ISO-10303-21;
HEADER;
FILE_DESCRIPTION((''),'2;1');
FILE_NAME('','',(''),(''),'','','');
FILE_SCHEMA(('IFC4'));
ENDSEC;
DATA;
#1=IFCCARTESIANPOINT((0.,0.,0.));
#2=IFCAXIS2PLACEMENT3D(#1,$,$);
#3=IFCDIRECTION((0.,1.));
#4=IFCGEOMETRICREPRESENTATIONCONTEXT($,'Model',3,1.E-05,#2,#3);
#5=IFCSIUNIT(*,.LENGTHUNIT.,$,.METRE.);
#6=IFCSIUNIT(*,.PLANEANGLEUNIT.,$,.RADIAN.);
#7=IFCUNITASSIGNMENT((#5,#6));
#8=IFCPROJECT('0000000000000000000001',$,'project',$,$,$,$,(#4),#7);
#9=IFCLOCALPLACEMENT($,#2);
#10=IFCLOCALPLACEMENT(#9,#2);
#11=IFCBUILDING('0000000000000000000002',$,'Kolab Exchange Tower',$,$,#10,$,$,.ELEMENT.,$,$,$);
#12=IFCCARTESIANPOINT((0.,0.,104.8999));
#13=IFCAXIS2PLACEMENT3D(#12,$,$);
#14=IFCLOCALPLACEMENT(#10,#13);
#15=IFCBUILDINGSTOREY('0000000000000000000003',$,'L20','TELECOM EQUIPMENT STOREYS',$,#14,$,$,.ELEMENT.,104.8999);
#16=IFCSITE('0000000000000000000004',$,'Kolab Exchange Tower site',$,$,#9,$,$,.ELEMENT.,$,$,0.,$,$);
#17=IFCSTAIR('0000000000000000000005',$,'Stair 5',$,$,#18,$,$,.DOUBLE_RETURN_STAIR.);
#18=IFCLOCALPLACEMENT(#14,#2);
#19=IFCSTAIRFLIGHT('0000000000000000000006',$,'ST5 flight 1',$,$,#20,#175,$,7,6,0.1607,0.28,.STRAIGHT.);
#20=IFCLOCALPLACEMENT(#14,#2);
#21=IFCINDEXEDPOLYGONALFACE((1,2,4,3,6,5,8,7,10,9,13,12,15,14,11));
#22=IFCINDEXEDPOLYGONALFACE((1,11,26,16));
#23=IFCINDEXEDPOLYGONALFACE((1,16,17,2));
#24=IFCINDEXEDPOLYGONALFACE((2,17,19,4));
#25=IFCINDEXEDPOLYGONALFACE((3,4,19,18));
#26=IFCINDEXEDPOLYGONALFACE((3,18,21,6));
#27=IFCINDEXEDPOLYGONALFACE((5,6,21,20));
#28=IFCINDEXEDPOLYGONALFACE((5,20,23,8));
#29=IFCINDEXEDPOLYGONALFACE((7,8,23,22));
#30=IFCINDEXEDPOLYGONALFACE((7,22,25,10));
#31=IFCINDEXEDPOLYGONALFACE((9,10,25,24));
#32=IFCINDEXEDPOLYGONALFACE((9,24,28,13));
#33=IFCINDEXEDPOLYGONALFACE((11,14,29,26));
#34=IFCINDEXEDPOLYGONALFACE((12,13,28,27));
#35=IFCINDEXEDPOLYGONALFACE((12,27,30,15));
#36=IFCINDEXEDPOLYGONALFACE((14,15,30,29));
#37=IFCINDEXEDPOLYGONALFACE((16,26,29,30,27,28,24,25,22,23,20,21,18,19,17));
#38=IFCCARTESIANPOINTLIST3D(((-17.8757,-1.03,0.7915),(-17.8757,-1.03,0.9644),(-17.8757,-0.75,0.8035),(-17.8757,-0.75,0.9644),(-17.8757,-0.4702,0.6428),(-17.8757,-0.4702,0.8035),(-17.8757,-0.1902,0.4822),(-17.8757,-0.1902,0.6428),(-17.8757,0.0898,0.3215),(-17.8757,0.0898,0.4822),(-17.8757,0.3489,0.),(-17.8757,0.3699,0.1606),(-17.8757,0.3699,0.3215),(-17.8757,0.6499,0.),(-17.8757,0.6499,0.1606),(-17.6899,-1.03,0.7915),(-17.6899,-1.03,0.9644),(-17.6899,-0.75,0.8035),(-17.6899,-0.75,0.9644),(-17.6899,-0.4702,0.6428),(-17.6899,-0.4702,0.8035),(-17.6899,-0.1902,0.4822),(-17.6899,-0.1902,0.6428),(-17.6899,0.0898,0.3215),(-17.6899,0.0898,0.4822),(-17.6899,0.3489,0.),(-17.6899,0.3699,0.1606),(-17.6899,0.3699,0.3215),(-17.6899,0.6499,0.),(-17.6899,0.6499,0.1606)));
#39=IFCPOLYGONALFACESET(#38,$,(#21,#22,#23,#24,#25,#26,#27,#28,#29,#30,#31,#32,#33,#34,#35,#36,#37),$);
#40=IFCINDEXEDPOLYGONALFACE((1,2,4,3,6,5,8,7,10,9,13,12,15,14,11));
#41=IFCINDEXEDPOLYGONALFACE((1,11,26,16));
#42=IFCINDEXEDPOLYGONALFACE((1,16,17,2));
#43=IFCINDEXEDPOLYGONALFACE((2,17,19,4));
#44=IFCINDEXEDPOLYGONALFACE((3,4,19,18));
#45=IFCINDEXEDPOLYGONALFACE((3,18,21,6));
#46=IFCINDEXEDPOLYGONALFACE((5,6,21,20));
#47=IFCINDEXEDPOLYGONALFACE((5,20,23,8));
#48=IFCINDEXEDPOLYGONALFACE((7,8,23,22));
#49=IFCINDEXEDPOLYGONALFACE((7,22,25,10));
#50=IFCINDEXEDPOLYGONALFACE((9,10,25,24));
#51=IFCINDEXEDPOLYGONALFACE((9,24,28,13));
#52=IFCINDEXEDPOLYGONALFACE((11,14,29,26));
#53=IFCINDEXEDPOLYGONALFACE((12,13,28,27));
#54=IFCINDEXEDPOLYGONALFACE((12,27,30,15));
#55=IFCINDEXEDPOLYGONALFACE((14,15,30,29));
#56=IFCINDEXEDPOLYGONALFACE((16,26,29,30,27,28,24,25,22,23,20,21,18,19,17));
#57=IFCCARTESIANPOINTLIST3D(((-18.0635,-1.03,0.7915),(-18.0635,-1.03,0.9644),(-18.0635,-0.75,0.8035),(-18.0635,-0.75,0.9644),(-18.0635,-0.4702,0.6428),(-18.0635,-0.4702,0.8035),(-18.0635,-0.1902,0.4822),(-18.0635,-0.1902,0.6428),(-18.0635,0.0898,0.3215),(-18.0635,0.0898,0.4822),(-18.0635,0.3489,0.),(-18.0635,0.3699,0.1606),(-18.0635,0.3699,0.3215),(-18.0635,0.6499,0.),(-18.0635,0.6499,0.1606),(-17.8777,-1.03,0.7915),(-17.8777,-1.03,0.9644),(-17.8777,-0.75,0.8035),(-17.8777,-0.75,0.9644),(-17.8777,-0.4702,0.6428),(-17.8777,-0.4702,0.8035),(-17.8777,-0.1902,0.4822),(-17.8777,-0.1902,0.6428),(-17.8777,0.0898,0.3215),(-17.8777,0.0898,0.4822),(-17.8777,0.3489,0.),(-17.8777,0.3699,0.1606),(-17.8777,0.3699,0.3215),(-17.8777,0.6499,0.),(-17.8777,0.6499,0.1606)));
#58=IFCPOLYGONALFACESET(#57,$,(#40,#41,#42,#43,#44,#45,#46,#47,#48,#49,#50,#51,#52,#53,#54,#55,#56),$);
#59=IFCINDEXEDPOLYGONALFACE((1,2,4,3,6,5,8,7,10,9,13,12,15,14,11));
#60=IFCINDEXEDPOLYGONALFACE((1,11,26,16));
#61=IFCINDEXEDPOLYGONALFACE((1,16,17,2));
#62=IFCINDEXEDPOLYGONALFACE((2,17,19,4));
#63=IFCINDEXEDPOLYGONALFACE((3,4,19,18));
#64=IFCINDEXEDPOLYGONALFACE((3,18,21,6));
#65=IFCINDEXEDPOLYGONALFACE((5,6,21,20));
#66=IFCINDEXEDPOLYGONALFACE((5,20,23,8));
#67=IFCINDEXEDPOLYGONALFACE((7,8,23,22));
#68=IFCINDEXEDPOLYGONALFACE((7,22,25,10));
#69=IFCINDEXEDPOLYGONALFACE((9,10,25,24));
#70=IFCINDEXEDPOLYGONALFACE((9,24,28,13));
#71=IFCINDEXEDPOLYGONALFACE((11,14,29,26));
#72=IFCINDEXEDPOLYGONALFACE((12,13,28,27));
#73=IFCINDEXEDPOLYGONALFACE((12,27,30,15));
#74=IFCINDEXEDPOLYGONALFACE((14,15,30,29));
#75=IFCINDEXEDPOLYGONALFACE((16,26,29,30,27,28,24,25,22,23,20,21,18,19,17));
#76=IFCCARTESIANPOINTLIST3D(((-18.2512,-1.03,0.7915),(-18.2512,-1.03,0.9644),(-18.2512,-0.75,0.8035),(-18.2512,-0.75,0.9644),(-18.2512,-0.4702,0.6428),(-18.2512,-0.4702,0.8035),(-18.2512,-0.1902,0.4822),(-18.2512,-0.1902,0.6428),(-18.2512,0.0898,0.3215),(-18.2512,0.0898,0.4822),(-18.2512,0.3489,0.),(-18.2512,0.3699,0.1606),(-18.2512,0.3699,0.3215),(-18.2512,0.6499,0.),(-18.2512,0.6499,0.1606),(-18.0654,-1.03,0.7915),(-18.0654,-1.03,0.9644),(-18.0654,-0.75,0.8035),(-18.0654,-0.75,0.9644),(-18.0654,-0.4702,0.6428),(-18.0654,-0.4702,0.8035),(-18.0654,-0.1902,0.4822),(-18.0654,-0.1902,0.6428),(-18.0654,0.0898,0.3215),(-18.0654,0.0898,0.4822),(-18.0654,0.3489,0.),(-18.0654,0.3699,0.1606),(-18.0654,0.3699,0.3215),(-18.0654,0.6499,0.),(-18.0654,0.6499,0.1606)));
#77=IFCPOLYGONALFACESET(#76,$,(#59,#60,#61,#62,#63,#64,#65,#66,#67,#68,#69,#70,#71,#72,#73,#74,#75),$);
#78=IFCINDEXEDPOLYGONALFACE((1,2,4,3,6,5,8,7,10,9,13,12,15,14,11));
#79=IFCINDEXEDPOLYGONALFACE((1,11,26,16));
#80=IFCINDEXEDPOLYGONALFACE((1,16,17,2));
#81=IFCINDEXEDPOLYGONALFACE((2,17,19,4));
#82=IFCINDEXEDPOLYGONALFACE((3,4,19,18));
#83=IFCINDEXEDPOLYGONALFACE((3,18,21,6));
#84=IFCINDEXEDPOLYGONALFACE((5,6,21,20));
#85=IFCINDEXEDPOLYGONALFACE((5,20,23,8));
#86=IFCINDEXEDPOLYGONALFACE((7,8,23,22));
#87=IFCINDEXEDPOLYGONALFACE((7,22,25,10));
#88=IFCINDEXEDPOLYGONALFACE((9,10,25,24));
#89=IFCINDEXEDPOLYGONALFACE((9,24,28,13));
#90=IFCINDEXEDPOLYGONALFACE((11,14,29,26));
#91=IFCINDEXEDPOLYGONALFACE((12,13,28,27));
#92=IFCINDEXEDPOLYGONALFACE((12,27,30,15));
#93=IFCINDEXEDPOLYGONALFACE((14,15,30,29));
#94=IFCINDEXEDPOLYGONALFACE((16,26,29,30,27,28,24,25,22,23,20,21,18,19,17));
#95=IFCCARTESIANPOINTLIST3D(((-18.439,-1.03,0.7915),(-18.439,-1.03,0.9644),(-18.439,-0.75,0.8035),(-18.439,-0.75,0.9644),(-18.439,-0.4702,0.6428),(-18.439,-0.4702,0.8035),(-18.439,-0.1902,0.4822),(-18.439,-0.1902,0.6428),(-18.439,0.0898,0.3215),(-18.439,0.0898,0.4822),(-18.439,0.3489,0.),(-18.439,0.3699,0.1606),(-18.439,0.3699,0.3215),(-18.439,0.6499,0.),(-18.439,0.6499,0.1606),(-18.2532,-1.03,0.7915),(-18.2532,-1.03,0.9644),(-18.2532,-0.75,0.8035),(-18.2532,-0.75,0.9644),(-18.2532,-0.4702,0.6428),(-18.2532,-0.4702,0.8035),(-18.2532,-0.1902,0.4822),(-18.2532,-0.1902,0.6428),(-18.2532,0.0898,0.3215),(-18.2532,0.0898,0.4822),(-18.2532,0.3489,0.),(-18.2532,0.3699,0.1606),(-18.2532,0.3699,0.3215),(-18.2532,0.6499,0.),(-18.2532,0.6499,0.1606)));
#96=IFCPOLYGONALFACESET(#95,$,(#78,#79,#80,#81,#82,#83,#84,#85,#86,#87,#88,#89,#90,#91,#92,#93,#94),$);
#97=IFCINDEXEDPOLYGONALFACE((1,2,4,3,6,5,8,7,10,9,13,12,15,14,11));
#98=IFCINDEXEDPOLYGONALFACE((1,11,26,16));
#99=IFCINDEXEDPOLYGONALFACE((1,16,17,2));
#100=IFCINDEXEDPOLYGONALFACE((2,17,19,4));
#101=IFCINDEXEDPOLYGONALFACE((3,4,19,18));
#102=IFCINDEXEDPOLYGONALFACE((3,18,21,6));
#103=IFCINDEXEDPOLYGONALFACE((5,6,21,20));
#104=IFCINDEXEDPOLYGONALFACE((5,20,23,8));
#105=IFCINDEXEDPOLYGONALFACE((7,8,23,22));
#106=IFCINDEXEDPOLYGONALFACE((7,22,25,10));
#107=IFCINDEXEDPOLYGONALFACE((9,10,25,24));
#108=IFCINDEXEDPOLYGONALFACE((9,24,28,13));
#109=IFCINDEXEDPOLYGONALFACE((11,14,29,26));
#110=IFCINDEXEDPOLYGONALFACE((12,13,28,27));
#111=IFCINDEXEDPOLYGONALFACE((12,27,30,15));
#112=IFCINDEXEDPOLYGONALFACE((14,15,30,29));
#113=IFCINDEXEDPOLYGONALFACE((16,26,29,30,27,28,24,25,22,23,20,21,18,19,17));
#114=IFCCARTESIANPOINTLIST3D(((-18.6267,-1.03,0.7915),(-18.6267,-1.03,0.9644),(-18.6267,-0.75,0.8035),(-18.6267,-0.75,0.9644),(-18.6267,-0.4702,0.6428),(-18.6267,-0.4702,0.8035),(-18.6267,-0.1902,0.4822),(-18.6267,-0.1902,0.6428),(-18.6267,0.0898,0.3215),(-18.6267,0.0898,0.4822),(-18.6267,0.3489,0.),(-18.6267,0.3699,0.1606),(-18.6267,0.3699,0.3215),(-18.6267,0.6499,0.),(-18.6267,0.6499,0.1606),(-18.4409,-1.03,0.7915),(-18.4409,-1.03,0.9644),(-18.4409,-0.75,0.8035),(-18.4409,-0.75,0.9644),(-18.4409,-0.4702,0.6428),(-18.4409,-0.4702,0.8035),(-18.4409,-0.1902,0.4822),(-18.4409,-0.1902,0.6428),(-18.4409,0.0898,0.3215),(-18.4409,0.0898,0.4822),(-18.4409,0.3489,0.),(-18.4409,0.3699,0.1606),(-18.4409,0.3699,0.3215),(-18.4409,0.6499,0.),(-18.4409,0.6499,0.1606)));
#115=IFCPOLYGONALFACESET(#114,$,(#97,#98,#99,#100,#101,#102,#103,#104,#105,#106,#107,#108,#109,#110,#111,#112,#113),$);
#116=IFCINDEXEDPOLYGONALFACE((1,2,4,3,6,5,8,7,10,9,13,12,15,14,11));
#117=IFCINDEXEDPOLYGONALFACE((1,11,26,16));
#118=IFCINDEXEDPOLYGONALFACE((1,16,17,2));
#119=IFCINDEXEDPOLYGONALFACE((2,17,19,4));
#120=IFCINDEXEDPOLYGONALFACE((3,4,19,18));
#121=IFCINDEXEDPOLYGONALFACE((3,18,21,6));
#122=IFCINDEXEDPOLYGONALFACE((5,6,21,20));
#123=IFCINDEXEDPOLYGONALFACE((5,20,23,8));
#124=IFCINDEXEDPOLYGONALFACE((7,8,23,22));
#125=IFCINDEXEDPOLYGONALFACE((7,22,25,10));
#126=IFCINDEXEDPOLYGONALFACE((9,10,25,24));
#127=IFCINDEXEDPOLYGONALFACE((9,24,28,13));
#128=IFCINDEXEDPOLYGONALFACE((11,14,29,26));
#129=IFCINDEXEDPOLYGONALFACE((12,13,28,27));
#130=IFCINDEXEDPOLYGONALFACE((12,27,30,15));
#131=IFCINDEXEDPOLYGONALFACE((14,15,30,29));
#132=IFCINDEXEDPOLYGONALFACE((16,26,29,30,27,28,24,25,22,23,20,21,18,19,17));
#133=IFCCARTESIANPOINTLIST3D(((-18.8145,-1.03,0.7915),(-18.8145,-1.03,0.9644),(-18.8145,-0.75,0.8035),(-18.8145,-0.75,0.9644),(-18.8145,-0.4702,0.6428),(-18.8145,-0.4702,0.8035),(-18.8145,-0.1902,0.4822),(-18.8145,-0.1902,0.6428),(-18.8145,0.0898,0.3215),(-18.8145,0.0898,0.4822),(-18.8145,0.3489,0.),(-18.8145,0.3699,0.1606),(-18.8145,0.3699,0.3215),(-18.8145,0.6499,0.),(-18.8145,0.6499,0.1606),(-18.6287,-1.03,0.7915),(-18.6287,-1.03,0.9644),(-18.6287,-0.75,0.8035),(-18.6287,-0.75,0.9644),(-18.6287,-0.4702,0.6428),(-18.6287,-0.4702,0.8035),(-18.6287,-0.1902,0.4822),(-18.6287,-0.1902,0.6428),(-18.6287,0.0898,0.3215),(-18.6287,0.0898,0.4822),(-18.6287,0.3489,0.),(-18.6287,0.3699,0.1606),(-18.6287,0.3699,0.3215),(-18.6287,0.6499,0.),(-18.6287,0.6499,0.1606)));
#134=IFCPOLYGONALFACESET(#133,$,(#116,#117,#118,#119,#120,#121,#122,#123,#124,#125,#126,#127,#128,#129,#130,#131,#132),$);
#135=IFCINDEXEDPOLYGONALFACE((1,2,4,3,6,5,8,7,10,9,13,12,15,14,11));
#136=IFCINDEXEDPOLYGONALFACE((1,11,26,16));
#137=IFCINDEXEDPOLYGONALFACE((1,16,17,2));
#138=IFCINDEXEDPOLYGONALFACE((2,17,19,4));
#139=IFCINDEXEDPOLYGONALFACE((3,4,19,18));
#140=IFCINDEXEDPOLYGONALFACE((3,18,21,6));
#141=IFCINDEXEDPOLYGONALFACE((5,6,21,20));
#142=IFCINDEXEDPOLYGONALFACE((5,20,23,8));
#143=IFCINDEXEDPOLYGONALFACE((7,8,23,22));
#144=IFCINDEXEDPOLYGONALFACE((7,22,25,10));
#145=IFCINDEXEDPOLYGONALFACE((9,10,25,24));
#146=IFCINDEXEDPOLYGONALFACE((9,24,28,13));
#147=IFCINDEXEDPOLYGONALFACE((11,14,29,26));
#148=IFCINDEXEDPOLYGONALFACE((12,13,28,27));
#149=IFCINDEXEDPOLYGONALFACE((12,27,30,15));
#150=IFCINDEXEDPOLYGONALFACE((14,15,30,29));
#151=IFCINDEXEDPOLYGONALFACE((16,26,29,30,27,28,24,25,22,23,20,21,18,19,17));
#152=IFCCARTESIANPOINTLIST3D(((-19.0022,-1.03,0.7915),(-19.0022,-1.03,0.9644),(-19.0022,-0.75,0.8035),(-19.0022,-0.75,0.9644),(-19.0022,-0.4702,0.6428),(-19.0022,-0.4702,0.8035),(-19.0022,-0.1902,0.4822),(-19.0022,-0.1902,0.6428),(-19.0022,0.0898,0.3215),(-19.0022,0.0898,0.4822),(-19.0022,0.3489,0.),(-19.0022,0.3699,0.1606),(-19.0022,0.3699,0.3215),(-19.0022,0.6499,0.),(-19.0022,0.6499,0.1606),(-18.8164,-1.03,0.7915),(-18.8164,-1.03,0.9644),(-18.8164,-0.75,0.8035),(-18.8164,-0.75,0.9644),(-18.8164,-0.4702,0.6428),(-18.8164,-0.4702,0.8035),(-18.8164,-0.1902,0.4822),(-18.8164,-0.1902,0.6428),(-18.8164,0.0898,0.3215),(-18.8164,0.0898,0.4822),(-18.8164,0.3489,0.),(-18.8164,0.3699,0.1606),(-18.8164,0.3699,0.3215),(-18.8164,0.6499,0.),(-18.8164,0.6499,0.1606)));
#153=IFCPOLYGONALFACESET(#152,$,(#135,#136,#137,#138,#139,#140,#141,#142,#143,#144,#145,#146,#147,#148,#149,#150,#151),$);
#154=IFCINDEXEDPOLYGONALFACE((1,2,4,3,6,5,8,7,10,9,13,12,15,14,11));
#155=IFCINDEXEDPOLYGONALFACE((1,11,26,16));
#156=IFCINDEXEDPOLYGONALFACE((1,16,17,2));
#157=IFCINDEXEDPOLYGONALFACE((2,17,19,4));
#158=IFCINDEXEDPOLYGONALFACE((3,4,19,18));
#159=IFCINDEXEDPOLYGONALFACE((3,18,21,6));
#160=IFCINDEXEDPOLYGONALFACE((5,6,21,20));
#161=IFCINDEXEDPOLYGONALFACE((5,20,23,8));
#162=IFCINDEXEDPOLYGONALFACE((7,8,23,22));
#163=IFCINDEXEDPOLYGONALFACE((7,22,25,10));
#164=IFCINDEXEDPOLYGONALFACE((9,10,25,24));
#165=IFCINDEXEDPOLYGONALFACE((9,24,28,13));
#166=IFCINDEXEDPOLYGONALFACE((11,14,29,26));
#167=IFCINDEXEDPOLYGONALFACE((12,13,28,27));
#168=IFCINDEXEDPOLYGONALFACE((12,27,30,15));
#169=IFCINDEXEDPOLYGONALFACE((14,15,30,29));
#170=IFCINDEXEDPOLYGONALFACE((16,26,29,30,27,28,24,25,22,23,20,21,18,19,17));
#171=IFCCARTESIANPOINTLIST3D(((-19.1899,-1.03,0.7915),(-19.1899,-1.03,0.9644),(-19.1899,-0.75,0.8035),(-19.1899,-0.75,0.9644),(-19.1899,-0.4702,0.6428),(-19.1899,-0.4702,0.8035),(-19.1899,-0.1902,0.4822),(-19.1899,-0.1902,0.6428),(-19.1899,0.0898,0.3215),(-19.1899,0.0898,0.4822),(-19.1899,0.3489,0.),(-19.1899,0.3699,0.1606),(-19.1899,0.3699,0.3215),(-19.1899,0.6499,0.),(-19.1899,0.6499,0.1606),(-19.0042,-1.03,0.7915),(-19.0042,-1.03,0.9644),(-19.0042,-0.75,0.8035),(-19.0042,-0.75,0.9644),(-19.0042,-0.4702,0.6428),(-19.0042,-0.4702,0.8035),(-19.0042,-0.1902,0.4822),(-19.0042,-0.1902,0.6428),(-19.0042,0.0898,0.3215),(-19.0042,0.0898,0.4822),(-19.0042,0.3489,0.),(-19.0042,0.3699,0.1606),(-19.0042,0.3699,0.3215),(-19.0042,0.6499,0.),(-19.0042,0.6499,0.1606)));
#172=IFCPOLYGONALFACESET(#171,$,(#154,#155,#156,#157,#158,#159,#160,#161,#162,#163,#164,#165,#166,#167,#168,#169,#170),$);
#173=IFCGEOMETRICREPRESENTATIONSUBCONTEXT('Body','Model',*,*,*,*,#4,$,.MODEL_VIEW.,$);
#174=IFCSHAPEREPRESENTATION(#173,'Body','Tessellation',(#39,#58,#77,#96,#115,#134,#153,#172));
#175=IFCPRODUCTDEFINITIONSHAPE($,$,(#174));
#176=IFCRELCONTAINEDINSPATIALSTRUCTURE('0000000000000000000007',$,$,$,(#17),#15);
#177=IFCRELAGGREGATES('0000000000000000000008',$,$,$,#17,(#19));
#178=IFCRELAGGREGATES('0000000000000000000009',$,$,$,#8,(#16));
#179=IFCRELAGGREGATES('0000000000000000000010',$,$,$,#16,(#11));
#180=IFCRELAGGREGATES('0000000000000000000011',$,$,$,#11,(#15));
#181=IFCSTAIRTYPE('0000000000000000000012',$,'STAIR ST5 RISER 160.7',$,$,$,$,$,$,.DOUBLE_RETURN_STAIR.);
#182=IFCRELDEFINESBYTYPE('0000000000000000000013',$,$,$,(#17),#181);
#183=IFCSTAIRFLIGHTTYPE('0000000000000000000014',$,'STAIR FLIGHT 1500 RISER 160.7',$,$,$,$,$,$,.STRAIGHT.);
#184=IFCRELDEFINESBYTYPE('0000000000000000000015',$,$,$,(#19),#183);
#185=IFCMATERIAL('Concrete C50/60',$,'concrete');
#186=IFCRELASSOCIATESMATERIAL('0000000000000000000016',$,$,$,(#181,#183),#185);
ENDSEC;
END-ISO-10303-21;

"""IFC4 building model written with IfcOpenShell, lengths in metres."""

from ifc_helpers import new_model, si_unit, direction, frame, origin, place, context, subcontext, project, spatial, polyline, outline, extrude, material, type_object, element, aggregate, save


model = new_model("IFC4")

# Units and contexts
model_context = context("Model", 3, precision=1e-05, world=origin(), true_north=direction((0.0, 1.0)))
body_context = subcontext(model_context, "Body", "Model", "MODEL_VIEW")
ifc_project = project(units=[si_unit("LENGTHUNIT", "METRE"), si_unit("PLANEANGLEUNIT", "RADIAN")], contexts=[model_context])

# Site, building, storey
site_placement = place(None, origin())
site = spatial("IfcSite", under=ifc_project, at=site_placement, Name="Kolab Exchange Tower site", CompositionType="ELEMENT", RefElevation=0.0)
building_placement = place(site_placement, origin())
building = spatial("IfcBuilding", under=site, at=building_placement, Name="Kolab Exchange Tower", CompositionType="ELEMENT")
storey_placement = place(building_placement, frame((0.0, 0.0, 104.8999)))
storey = spatial("IfcBuildingStorey", under=building, at=storey_placement, Name="L20", Description="TELECOM EQUIPMENT STOREYS", CompositionType="ELEMENT", Elevation=104.8999)

# Shared definitions
ifc_material_1 = material(Name="Concrete C50/60", Category="concrete")

# Stair, stair flight
stair_type = type_object("IfcStairType", Name="STAIR ST5 RISER 160.7", PredefinedType="DOUBLE_RETURN_STAIR", material=ifc_material_1)
stair_placement = place(storey_placement, origin())
stair = element("IfcStair", 1, at=stair_placement, inside=storey, type_object=stair_type, Name="Stair 5", PredefinedType="DOUBLE_RETURN_STAIR")
stair_flight_type = type_object("IfcStairFlightType", Name="STAIR FLIGHT 1500 RISER 160.7", PredefinedType="STRAIGHT", material=ifc_material_1)
stair_flight_1_placement = place(storey_placement, frame((-18.4399, 0.6499, 0.0), z_axis=(0.0, 0.0, 1.0), x_axis=(0.0, -1.0, 0.0)))
stair_flight_1 = element("IfcStairFlight", 2, at=stair_flight_1_placement, type_object=stair_flight_type, Name="ST5 flight 1", NumberOfRisers=7, NumberOfTreads=6, PredefinedType="STRAIGHT", RiserHeight=0.1607, TreadLength=0.28, context=body_context, shape_type="SweptSolid", body=[
    extrude(outline(polyline([(0.0, 0.0), (0.0, 0.1606), (0.28, 0.1606), (0.28, 0.3215), (0.5601, 0.3215), (0.5601, 0.4822), (0.8401, 0.4822), (0.8401, 0.6428), (1.1201, 0.6428), (1.1201, 0.8035), (1.3999, 0.8035), (1.3999, 0.9644), (1.6799, 0.9644), (1.6799, 1.125), (1.6799, 0.7915), (0.301, 0.0), (0.0, 0.0)])), frame((0.0, 0.75, 0.0), z_axis=(0.0, -1.0, 0.0), x_axis=(1.0, 0.0, 0.0)), (0.0, 0.0, 1.0), 0.1858),
    extrude(outline(polyline([(0.0, 0.0), (0.0, 0.1606), (0.28, 0.1606), (0.28, 0.3215), (0.5601, 0.3215), (0.5601, 0.4822), (0.8401, 0.4822), (0.8401, 0.6428), (1.1201, 0.6428), (1.1201, 0.8035), (1.3999, 0.8035), (1.3999, 0.9644), (1.6799, 0.9644), (1.6799, 1.125), (1.6799, 0.7915), (0.301, 0.0), (0.0, 0.0)])), frame((0.0, 0.5623, 0.0), z_axis=(0.0, -1.0, 0.0), x_axis=(1.0, 0.0, 0.0)), (0.0, 0.0, 1.0), 0.1858),
    extrude(outline(polyline([(0.0, 0.0), (0.0, 0.1606), (0.28, 0.1606), (0.28, 0.3215), (0.5601, 0.3215), (0.5601, 0.4822), (0.8401, 0.4822), (0.8401, 0.6428), (1.1201, 0.6428), (1.1201, 0.8035), (1.3999, 0.8035), (1.3999, 0.9644), (1.6799, 0.9644), (1.6799, 1.125), (1.6799, 0.7915), (0.301, 0.0), (0.0, 0.0)])), frame((0.0, 0.3745, 0.0), z_axis=(0.0, -1.0, 0.0), x_axis=(1.0, 0.0, 0.0)), (0.0, 0.0, 1.0), 0.1858),
    extrude(outline(polyline([(0.0, 0.0), (0.0, 0.1606), (0.28, 0.1606), (0.28, 0.3215), (0.5601, 0.3215), (0.5601, 0.4822), (0.8401, 0.4822), (0.8401, 0.6428), (1.1201, 0.6428), (1.1201, 0.8035), (1.3999, 0.8035), (1.3999, 0.9644), (1.6799, 0.9644), (1.6799, 1.125), (1.6799, 0.7915), (0.301, 0.0), (0.0, 0.0)])), frame((0.0, 0.1868, 0.0), z_axis=(0.0, -1.0, 0.0), x_axis=(1.0, 0.0, 0.0)), (0.0, 0.0, 1.0), 0.1858),
    extrude(outline(polyline([(0.0, 0.0), (0.0, 0.1606), (0.28, 0.1606), (0.28, 0.3215), (0.5601, 0.3215), (0.5601, 0.4822), (0.8401, 0.4822), (0.8401, 0.6428), (1.1201, 0.6428), (1.1201, 0.8035), (1.3999, 0.8035), (1.3999, 0.9644), (1.6799, 0.9644), (1.6799, 1.125), (1.6799, 0.7915), (0.301, 0.0), (0.0, 0.0)])), frame((0.0, -0.001, 0.0), z_axis=(0.0, -1.0, 0.0), x_axis=(1.0, 0.0, 0.0)), (0.0, 0.0, 1.0), 0.1858),
    extrude(outline(polyline([(0.0, 0.0), (0.0, 0.1606), (0.28, 0.1606), (0.28, 0.3215), (0.5601, 0.3215), (0.5601, 0.4822), (0.8401, 0.4822), (0.8401, 0.6428), (1.1201, 0.6428), (1.1201, 0.8035), (1.3999, 0.8035), (1.3999, 0.9644), (1.6799, 0.9644), (1.6799, 1.125), (1.6799, 0.7915), (0.301, 0.0), (0.0, 0.0)])), frame((0.0, -0.1887, 0.0), z_axis=(0.0, -1.0, 0.0), x_axis=(1.0, 0.0, 0.0)), (0.0, 0.0, 1.0), 0.1858),
    extrude(outline(polyline([(0.0, 0.0), (0.0, 0.1606), (0.28, 0.1606), (0.28, 0.3215), (0.5601, 0.3215), (0.5601, 0.4822), (0.8401, 0.4822), (0.8401, 0.6428), (1.1201, 0.6428), (1.1201, 0.8035), (1.3999, 0.8035), (1.3999, 0.9644), (1.6799, 0.9644), (1.6799, 1.125), (1.6799, 0.7915), (0.301, 0.0), (0.0, 0.0)])), frame((0.0, -0.3765, 0.0), z_axis=(0.0, -1.0, 0.0), x_axis=(1.0, 0.0, 0.0)), (0.0, 0.0, 1.0), 0.1858),
    extrude(outline(polyline([(0.0, 0.0), (0.0, 0.1606), (0.28, 0.1606), (0.28, 0.3215), (0.5601, 0.3215), (0.5601, 0.4822), (0.8401, 0.4822), (0.8401, 0.6428), (1.1201, 0.6428), (1.1201, 0.8035), (1.3999, 0.8035), (1.3999, 0.9644), (1.6799, 0.9644), (1.6799, 1.125), (1.6799, 0.7915), (0.301, 0.0), (0.0, 0.0)])), frame((0.0, -0.5642, 0.0), z_axis=(0.0, -1.0, 0.0), x_axis=(1.0, 0.0, 0.0)), (0.0, 0.0, 1.0), 0.1858),
])
aggregate(stair, [stair_flight_1])

save(model, "model.ifc")
